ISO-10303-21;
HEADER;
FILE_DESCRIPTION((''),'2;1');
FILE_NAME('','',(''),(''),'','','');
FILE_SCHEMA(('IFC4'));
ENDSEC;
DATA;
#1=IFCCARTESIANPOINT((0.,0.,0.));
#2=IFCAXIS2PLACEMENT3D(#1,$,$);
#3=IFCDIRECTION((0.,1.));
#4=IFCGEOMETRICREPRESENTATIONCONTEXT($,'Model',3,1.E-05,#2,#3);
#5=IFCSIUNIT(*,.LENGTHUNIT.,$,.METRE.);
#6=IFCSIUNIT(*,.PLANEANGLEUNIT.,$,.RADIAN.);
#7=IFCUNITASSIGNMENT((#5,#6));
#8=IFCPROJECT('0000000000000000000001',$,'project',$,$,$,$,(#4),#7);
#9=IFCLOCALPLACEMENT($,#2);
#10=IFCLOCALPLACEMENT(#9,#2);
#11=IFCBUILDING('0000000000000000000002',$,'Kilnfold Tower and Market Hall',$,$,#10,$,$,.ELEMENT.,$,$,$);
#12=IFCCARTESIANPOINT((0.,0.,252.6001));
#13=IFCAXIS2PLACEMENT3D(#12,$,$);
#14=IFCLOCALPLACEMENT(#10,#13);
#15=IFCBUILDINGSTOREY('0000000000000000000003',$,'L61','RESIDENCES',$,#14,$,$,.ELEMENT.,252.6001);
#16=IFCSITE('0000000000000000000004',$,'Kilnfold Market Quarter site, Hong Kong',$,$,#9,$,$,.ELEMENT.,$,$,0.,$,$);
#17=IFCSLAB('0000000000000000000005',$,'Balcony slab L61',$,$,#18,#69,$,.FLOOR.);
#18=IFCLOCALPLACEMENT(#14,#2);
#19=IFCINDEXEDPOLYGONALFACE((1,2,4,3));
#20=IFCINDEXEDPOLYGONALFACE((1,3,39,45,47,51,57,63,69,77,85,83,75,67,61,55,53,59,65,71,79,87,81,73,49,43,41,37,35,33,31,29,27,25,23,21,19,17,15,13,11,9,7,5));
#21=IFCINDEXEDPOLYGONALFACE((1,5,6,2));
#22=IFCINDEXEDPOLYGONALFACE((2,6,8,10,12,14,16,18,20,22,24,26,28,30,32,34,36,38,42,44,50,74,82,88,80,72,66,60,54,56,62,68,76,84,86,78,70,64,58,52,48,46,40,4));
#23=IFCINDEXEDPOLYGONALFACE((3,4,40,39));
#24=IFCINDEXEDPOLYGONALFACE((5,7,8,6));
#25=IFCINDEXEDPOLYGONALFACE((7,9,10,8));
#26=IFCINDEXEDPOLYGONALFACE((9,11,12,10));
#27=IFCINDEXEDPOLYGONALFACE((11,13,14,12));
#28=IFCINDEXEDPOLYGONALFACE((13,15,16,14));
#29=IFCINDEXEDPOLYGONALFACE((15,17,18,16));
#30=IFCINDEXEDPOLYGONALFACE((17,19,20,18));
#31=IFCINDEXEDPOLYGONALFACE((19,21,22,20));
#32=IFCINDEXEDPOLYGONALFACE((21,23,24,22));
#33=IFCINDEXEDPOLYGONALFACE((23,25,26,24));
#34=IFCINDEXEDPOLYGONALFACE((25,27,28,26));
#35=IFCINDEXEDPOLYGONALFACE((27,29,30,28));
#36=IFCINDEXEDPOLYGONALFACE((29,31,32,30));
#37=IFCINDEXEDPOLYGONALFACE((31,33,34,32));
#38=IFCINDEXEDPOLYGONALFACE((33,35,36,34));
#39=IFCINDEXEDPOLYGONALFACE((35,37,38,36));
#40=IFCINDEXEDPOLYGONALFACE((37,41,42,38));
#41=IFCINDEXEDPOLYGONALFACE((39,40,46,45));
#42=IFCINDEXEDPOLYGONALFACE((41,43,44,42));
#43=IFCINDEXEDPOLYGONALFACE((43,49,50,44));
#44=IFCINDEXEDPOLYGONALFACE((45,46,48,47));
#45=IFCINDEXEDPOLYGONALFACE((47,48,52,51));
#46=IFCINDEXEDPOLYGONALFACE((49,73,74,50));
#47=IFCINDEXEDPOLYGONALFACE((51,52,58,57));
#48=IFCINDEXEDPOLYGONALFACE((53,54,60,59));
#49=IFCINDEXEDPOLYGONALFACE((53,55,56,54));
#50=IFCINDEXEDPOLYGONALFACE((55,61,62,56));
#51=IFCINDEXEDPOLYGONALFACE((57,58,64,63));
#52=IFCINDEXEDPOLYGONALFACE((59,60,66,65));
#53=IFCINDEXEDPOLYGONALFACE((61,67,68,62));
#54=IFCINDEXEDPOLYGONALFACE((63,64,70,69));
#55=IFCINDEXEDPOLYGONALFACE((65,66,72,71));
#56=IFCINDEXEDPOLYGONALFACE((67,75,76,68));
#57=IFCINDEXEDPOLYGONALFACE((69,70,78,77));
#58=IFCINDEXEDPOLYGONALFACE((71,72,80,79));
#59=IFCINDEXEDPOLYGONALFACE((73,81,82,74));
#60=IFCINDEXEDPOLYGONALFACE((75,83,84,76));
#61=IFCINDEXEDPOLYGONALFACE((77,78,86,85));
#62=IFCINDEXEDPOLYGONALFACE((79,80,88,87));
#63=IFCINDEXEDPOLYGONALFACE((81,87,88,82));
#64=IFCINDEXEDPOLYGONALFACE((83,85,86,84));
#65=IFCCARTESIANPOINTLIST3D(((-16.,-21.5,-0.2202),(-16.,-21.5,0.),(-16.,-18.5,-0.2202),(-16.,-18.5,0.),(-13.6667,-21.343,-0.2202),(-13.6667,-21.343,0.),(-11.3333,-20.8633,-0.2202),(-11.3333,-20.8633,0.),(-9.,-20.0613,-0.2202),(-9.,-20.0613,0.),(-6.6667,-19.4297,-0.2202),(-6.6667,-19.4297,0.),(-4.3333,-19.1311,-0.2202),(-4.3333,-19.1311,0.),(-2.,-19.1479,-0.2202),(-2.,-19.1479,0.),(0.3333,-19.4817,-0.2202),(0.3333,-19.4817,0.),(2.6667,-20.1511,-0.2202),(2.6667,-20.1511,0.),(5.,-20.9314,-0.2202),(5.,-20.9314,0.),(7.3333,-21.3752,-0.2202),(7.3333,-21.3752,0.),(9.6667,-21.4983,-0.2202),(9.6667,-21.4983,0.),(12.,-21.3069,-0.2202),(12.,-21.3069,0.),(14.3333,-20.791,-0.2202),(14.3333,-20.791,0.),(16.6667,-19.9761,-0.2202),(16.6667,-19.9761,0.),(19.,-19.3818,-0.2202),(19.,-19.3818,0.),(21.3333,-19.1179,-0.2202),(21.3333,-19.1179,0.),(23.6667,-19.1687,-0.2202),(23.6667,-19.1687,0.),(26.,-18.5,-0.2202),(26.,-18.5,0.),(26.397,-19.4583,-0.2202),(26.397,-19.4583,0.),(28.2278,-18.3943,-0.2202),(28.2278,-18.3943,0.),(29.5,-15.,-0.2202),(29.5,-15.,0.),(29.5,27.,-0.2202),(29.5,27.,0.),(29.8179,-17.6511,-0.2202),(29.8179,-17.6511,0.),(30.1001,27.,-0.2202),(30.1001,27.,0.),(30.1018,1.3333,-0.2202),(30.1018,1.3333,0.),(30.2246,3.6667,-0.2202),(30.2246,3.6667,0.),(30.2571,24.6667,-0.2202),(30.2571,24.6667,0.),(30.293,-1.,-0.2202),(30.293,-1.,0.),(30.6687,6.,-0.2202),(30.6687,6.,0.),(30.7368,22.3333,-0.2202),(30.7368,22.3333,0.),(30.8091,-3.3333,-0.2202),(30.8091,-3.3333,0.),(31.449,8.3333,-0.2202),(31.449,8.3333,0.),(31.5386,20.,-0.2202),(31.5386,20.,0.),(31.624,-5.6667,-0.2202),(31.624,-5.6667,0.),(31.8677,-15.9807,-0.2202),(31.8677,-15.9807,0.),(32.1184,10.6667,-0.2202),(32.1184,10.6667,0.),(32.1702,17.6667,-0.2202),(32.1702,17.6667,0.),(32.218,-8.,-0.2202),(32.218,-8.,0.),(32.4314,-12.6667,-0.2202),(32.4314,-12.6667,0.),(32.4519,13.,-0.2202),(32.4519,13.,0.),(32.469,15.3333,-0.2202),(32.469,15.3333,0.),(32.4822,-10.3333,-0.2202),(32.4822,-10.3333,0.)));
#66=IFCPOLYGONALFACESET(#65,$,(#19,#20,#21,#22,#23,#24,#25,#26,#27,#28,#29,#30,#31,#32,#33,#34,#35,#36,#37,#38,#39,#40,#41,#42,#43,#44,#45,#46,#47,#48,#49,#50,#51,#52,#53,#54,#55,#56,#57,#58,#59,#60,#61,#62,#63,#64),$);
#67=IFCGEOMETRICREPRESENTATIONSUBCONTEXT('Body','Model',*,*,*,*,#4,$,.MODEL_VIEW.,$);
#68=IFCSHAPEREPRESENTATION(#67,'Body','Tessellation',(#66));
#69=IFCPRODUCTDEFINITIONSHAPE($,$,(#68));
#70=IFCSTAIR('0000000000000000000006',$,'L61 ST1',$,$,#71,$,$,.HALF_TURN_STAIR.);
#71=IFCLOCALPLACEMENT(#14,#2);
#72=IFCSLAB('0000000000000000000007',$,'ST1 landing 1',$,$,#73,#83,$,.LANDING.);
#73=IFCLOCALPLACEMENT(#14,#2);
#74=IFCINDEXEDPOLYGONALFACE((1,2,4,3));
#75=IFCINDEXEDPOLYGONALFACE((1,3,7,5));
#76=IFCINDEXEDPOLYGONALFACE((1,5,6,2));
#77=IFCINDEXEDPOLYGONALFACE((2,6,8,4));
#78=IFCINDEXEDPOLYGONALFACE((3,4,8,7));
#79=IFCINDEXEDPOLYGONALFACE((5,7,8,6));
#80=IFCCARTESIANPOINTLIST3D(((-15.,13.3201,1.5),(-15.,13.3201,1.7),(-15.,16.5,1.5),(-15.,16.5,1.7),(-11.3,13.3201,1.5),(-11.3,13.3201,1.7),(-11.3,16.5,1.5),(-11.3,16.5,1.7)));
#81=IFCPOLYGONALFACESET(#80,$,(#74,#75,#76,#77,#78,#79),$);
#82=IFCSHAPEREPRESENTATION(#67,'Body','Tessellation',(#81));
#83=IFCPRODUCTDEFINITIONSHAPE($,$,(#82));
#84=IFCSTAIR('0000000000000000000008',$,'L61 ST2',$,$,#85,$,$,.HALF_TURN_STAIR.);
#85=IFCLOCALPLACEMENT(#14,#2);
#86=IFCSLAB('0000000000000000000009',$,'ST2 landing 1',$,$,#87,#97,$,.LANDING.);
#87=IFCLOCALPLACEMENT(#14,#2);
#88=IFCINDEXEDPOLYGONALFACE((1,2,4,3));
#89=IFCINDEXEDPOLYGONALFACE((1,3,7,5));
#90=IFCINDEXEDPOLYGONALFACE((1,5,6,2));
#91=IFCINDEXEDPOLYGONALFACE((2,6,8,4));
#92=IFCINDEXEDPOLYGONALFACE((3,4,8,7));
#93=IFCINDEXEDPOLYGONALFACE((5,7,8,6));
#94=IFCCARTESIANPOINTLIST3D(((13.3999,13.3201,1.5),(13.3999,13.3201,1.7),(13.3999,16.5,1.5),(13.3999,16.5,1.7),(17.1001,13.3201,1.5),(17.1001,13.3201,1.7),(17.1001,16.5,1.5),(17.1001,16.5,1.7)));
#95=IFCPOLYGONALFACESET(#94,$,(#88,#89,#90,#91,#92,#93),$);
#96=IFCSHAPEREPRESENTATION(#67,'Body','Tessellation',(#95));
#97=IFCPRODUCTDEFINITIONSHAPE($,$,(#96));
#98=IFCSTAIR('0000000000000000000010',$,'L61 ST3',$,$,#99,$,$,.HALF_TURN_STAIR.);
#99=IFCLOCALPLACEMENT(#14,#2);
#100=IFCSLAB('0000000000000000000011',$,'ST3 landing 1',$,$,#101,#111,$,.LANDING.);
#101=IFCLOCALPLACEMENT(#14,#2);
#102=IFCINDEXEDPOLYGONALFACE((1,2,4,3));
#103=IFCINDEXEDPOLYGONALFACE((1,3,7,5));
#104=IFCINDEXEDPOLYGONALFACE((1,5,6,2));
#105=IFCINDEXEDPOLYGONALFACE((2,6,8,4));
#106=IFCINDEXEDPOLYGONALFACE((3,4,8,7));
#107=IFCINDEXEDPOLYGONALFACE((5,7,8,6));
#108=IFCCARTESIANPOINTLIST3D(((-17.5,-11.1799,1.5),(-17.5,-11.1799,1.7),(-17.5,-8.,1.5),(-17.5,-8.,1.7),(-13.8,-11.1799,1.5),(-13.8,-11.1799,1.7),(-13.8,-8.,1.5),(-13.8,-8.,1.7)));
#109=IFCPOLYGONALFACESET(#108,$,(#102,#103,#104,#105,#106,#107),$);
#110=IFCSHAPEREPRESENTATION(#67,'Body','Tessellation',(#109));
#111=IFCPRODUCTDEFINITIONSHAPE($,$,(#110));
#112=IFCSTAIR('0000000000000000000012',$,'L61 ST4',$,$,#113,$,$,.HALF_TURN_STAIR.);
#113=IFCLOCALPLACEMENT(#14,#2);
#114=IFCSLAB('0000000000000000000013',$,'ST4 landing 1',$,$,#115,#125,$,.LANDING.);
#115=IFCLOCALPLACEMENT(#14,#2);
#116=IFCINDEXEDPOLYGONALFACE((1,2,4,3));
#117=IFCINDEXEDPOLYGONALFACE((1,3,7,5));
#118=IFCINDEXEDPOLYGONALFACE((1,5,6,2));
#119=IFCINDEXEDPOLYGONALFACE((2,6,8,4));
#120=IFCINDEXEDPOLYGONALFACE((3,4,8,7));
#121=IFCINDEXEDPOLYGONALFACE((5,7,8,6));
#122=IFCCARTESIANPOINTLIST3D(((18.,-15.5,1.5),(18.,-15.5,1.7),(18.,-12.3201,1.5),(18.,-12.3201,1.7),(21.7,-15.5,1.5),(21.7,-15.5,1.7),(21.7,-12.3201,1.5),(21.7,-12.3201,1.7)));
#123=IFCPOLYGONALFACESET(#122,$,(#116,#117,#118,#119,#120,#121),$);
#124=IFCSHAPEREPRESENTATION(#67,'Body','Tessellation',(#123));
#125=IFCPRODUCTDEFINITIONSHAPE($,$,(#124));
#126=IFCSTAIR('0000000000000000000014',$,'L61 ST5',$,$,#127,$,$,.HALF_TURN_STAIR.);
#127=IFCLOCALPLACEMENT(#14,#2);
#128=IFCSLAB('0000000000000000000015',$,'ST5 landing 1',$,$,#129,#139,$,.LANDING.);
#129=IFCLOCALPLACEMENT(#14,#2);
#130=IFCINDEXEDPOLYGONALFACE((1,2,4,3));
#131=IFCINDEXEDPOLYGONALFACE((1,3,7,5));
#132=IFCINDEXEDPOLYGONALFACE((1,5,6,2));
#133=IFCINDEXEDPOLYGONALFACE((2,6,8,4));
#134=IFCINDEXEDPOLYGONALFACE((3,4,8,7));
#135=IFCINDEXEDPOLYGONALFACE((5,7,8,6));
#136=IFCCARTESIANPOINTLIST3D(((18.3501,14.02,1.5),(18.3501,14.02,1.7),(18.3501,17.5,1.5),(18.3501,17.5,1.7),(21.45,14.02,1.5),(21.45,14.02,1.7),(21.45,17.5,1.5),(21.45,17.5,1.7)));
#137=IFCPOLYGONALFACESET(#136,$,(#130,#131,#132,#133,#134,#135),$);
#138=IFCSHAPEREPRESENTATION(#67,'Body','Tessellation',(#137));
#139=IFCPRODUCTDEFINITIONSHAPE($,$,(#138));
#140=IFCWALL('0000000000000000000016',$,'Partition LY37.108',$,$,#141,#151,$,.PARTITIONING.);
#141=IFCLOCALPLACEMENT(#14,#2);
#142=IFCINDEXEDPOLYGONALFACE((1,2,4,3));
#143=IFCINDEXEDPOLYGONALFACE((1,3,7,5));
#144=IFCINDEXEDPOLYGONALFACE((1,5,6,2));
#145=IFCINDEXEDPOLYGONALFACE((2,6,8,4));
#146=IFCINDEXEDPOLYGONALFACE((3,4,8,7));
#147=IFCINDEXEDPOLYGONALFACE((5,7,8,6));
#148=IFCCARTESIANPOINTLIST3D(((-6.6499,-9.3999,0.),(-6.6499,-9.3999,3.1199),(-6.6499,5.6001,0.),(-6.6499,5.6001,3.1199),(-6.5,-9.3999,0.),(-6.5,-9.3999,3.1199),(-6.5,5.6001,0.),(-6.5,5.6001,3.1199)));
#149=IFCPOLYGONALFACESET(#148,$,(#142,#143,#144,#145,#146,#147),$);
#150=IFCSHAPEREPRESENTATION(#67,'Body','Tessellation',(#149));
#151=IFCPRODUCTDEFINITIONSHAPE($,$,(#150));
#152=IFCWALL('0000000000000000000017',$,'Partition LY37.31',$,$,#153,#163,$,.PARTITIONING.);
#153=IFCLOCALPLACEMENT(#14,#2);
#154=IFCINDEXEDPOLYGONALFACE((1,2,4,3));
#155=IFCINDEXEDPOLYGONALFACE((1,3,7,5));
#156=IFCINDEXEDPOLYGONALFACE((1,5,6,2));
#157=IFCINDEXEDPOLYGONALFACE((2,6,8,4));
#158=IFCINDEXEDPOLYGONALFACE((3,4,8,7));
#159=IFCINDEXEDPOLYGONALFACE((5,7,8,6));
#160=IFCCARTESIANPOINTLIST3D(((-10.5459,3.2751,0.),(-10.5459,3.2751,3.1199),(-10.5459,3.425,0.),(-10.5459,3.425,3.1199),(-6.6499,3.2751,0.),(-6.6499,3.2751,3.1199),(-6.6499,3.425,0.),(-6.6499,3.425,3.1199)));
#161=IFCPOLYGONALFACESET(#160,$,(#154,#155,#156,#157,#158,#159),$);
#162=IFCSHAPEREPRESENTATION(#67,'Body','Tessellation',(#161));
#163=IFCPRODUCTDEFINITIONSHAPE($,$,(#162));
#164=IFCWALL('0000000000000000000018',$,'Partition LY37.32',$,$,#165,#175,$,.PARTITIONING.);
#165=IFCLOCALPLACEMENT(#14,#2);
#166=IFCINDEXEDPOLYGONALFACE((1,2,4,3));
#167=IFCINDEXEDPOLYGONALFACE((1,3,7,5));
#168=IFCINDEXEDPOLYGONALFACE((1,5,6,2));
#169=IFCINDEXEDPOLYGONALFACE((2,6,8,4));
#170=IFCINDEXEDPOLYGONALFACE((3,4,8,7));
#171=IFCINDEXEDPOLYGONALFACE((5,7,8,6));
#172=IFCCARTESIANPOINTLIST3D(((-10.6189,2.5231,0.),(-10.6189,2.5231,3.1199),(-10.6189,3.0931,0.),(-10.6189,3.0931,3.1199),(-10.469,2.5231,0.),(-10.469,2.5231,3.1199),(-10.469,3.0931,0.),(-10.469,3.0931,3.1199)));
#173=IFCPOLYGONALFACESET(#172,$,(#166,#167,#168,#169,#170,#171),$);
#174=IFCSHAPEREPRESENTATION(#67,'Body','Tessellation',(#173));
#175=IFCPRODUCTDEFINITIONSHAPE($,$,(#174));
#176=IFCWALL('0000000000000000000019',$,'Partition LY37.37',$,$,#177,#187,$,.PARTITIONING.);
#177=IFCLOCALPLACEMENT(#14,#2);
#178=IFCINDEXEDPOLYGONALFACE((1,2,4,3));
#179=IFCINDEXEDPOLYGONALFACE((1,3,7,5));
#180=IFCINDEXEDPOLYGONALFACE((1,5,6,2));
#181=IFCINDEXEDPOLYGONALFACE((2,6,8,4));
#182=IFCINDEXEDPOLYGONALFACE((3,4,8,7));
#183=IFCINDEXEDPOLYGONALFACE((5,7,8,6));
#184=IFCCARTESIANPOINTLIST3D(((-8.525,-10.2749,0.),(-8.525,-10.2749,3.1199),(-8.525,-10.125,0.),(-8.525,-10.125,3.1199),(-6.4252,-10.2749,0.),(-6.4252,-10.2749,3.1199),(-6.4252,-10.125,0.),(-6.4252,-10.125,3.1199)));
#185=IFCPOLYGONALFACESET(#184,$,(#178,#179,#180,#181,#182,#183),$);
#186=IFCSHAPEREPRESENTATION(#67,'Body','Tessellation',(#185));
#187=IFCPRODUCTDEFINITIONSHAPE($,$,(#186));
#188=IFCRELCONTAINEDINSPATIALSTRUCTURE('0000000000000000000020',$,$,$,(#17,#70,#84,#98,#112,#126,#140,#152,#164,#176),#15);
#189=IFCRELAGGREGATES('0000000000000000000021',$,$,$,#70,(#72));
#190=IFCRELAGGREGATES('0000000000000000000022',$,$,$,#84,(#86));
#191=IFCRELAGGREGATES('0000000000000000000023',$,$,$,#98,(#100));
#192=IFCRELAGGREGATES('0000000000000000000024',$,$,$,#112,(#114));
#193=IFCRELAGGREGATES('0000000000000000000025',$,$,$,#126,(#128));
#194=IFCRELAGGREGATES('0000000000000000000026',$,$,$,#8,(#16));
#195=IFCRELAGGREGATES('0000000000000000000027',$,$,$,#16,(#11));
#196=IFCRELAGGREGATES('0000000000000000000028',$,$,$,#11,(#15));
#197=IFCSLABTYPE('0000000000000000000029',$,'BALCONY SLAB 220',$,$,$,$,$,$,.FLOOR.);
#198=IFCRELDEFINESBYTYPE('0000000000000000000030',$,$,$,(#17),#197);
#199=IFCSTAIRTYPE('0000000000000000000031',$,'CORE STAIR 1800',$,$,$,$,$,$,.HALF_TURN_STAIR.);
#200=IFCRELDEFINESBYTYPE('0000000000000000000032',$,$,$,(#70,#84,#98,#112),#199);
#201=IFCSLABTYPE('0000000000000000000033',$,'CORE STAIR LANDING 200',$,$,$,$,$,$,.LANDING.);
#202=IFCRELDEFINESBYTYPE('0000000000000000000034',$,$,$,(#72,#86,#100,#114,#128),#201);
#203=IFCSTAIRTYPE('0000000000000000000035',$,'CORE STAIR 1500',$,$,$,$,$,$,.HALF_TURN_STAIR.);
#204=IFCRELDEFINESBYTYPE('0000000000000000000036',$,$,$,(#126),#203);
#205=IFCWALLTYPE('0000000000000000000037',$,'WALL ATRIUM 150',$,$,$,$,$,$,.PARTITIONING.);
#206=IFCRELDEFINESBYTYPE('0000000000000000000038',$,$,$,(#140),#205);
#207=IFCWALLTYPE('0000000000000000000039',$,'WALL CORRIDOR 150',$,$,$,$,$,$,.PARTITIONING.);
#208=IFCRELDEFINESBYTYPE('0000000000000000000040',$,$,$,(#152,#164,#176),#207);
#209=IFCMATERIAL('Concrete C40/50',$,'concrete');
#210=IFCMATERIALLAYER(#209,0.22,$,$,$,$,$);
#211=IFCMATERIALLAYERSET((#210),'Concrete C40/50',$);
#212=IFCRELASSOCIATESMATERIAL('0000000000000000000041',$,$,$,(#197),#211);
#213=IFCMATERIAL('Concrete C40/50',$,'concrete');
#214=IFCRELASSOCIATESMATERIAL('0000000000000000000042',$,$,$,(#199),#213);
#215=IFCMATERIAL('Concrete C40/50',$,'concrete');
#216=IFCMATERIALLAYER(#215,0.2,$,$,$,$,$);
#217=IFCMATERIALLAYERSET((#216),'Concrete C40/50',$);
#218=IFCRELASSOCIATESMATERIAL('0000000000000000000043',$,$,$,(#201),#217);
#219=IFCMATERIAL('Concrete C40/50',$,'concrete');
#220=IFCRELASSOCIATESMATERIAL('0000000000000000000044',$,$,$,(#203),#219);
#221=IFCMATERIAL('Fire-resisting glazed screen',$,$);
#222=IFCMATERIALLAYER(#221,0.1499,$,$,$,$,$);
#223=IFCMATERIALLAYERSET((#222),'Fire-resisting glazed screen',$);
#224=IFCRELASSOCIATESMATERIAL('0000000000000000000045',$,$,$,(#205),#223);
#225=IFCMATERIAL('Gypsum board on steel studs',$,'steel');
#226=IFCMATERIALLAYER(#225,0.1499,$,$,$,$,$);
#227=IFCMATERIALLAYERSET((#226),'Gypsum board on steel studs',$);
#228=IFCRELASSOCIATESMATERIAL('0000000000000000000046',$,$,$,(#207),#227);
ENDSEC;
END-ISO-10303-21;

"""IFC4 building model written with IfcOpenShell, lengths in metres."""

from ifc_helpers import new_model, si_unit, direction, frame, frame_2d, origin, place, context, subcontext, project, spatial, polyline, rectangle, outline, extrude, source, transform, mapped, material, layer, layer_set, type_object, element, aggregate, save


model = new_model("IFC4")

# Units and contexts
model_context = context("Model", 3, precision=1e-05, world=origin(), true_north=direction((0.0, 1.0)))
body_context = subcontext(model_context, "Body", "Model", "MODEL_VIEW")
ifc_project = project(units=[si_unit("LENGTHUNIT", "METRE"), si_unit("PLANEANGLEUNIT", "RADIAN")], contexts=[model_context])

# Site, building, storey
site_placement = place(None, origin())
site = spatial("IfcSite", under=ifc_project, at=site_placement, Name="Kilnfold Market Quarter site, Hong Kong", CompositionType="ELEMENT", RefElevation=0.0)
building_placement = place(site_placement, origin())
building = spatial("IfcBuilding", under=site, at=building_placement, Name="Kilnfold Tower and Market Hall", CompositionType="ELEMENT")
storey_placement = place(building_placement, frame((0.0, 0.0, 252.6001)))
storey = spatial("IfcBuildingStorey", under=building, at=storey_placement, Name="L61", Description="RESIDENCES", CompositionType="ELEMENT", Elevation=252.6001)

# Slab
ifc_material_1 = material(Name="Concrete C40/50", Category="concrete")
ifc_layer_1 = layer(ifc_material_1, 0.22)
ifc_layer_set_1 = layer_set([ifc_layer_1], Name="Concrete C40/50")
slab_type_1 = type_object("IfcSlabType", Name="BALCONY SLAB 220", PredefinedType="FLOOR", material=ifc_layer_set_1)
shared_shape_1 = source(origin(), body_context, "Body", "SweptSolid", [
    extrude(outline(polyline([(-16.0, -18.5), (26.0, -18.5), (29.5, -15.0), (29.5, 27.0), (30.1001, 27.0), (30.2571, 24.6667), (30.7368, 22.3333), (31.5386, 20.0), (32.1702, 17.6667), (32.469, 15.3333), (32.4519, 13.0), (32.1184, 10.6667), (31.449, 8.3333), (30.6687, 6.0), (30.2246, 3.6667), (30.1018, 1.3333), (30.293, -1.0), (30.8091, -3.3333), (31.624, -5.6667), (32.218, -8.0), (32.4822, -10.3333), (32.4314, -12.6667), (31.8677, -15.9807), (29.8179, -17.6511), (28.2278, -18.3943), (26.397, -19.4583), (23.6667, -19.1687), (21.3333, -19.1179), (19.0, -19.3818), (16.6667, -19.9761), (14.3333, -20.791), (12.0, -21.3069), (9.6667, -21.4983), (7.3333, -21.3752), (5.0, -20.9314), (2.6667, -20.1511), (0.3333, -19.4817), (-2.0, -19.1479), (-4.3333, -19.1311), (-6.6667, -19.4297), (-9.0, -20.0613), (-11.3333, -20.8633), (-13.6667, -21.343), (-16.0, -21.5), (-16.0, -18.5)])), origin(), (0.0, 0.0, 1.0), 0.2202),
])
slab_1_placement = place(storey_placement, frame((0.0, 0.0, -0.2202)))
element("IfcSlab", 1, at=slab_1_placement, inside=storey, type_object=slab_type_1, Name="Balcony slab L61", PredefinedType="FLOOR", context=body_context, shape_type="MappedRepresentation", body=[
    mapped(shared_shape_1, transform((0.0, 0.0, 0.0))),
])

# Stairs, slabs
ifc_material_2 = material(Name="Concrete C40/50", Category="concrete")
stair_type_1 = type_object("IfcStairType", Name="CORE STAIR 1800", PredefinedType="HALF_TURN_STAIR", material=ifc_material_2)
stair_1_placement = place(storey_placement, origin())
stair_1 = element("IfcStair", 2, at=stair_1_placement, inside=storey, type_object=stair_type_1, Name="L61 ST1", PredefinedType="HALF_TURN_STAIR")
ifc_material_3 = material(Name="Concrete C40/50", Category="concrete")
ifc_layer_2 = layer(ifc_material_3, 0.2)
ifc_layer_set_2 = layer_set([ifc_layer_2], Name="Concrete C40/50")
slab_type_2 = type_object("IfcSlabType", Name="CORE STAIR LANDING 200", PredefinedType="LANDING", material=ifc_layer_set_2)
shared_shape_2 = source(origin(), body_context, "Body", "SweptSolid", [
    extrude(outline(polyline([(-11.3, 13.3201), (-11.3, 16.5), (-15.0, 16.5), (-15.0, 13.3201), (-11.3, 13.3201)])), origin(), (0.0, 0.0, 1.0), 0.2),
])
slab_2_placement = place(storey_placement, frame((0.0, 0.0, 1.5)))
slab_2 = element("IfcSlab", 3, at=slab_2_placement, type_object=slab_type_2, Name="ST1 landing 1", PredefinedType="LANDING", context=body_context, shape_type="MappedRepresentation", body=[
    mapped(shared_shape_2, transform((0.0, 0.0, 0.0))),
])
aggregate(stair_1, [slab_2])
stair_2_placement = place(storey_placement, origin())
stair_2 = element("IfcStair", 4, at=stair_2_placement, inside=storey, type_object=stair_type_1, Name="L61 ST2", PredefinedType="HALF_TURN_STAIR")
shared_shape_3 = source(origin(), body_context, "Body", "SweptSolid", [
    extrude(outline(polyline([(17.1001, 13.3201), (17.1001, 16.5), (13.3999, 16.5), (13.3999, 13.3201), (17.1001, 13.3201)])), origin(), (0.0, 0.0, 1.0), 0.2),
])
slab_3_placement = place(storey_placement, frame((0.0, 0.0, 1.5)))
slab_3 = element("IfcSlab", 5, at=slab_3_placement, type_object=slab_type_2, Name="ST2 landing 1", PredefinedType="LANDING", context=body_context, shape_type="MappedRepresentation", body=[
    mapped(shared_shape_3, transform((0.0, 0.0, 0.0))),
])
aggregate(stair_2, [slab_3])
stair_3_placement = place(storey_placement, origin())
stair_3 = element("IfcStair", 6, at=stair_3_placement, inside=storey, type_object=stair_type_1, Name="L61 ST3", PredefinedType="HALF_TURN_STAIR")
shared_shape_4 = source(origin(), body_context, "Body", "SweptSolid", [
    extrude(outline(polyline([(-13.8, -11.1799), (-13.8, -8.0), (-17.5, -8.0), (-17.5, -11.1799), (-13.8, -11.1799)])), origin(), (0.0, 0.0, 1.0), 0.2),
])
slab_4_placement = place(storey_placement, frame((0.0, 0.0, 1.5)))
slab_4 = element("IfcSlab", 7, at=slab_4_placement, type_object=slab_type_2, Name="ST3 landing 1", PredefinedType="LANDING", context=body_context, shape_type="MappedRepresentation", body=[
    mapped(shared_shape_4, transform((0.0, 0.0, 0.0))),
])
aggregate(stair_3, [slab_4])
stair_4_placement = place(storey_placement, origin())
stair_4 = element("IfcStair", 8, at=stair_4_placement, inside=storey, type_object=stair_type_1, Name="L61 ST4", PredefinedType="HALF_TURN_STAIR")
shared_shape_5 = source(origin(), body_context, "Body", "SweptSolid", [
    extrude(outline(polyline([(18.0, -12.3201), (18.0, -15.5), (21.7, -15.5), (21.7, -12.3201), (18.0, -12.3201)])), origin(), (0.0, 0.0, 1.0), 0.2),
])
slab_5_placement = place(storey_placement, frame((0.0, 0.0, 1.5)))
slab_5 = element("IfcSlab", 9, at=slab_5_placement, type_object=slab_type_2, Name="ST4 landing 1", PredefinedType="LANDING", context=body_context, shape_type="MappedRepresentation", body=[
    mapped(shared_shape_5, transform((0.0, 0.0, 0.0))),
])
aggregate(stair_4, [slab_5])
ifc_material_4 = material(Name="Concrete C40/50", Category="concrete")
stair_type_2 = type_object("IfcStairType", Name="CORE STAIR 1500", PredefinedType="HALF_TURN_STAIR", material=ifc_material_4)
stair_5_placement = place(storey_placement, origin())
stair_5 = element("IfcStair", 10, at=stair_5_placement, inside=storey, type_object=stair_type_2, Name="L61 ST5", PredefinedType="HALF_TURN_STAIR")
shared_shape_6 = source(origin(), body_context, "Body", "SweptSolid", [
    extrude(outline(polyline([(21.45, 14.02), (21.45, 17.5), (18.3501, 17.5), (18.3501, 14.02), (21.45, 14.02)])), origin(), (0.0, 0.0, 1.0), 0.2),
])
slab_6_placement = place(storey_placement, frame((0.0, 0.0, 1.5)))
slab_6 = element("IfcSlab", 11, at=slab_6_placement, type_object=slab_type_2, Name="ST5 landing 1", PredefinedType="LANDING", context=body_context, shape_type="MappedRepresentation", body=[
    mapped(shared_shape_6, transform((0.0, 0.0, 0.0))),
])
aggregate(stair_5, [slab_6])

# Walls
ifc_material_5 = material(Name="Fire-resisting glazed screen")
ifc_layer_3 = layer(ifc_material_5, 0.1499)
ifc_layer_set_3 = layer_set([ifc_layer_3], Name="Fire-resisting glazed screen")
wall_type_1 = type_object("IfcWallType", Name="WALL ATRIUM 150", PredefinedType="PARTITIONING", material=ifc_layer_set_3)
wall_1_placement = place(storey_placement, frame((-6.575, -9.3999, 0.0), z_axis=(0.0, 0.0, 1.0), x_axis=(0.0, 1.0, 0.0)))
element("IfcWall", 12, at=wall_1_placement, inside=storey, type_object=wall_type_1, Name="Partition LY37.108", PredefinedType="PARTITIONING", context=body_context, shape_type="SweptSolid", body=[
    extrude(rectangle(XDim=15.0, YDim=0.1499, at=frame_2d((7.5, 0.0))), origin(), (0.0, 0.0, 1.0), 3.1199),
])
ifc_material_6 = material(Name="Gypsum board on steel studs", Category="steel")
ifc_layer_4 = layer(ifc_material_6, 0.1499)
ifc_layer_set_4 = layer_set([ifc_layer_4], Name="Gypsum board on steel studs")
wall_type_2 = type_object("IfcWallType", Name="WALL CORRIDOR 150", PredefinedType="PARTITIONING", material=ifc_layer_set_4)
wall_2_placement = place(storey_placement, frame((-10.5459, 3.3501, 0.0), z_axis=(0.0, 0.0, 1.0), x_axis=(1.0, 0.0, 0.0)))
element("IfcWall", 13, at=wall_2_placement, inside=storey, type_object=wall_type_2, Name="Partition LY37.31", PredefinedType="PARTITIONING", context=body_context, shape_type="SweptSolid", body=[
    extrude(rectangle(XDim=3.896, YDim=0.1499, at=frame_2d((1.948, 0.0))), origin(), (0.0, 0.0, 1.0), 3.1199),
])
wall_3_placement = place(storey_placement, frame((-10.5439, 2.5229, 0.0), z_axis=(0.0, 0.0, 1.0), x_axis=(0.0, 1.0, 0.0)))
element("IfcWall", 14, at=wall_3_placement, inside=storey, type_object=wall_type_2, Name="Partition LY37.32", PredefinedType="PARTITIONING", context=body_context, shape_type="SweptSolid", body=[
    extrude(rectangle(XDim=0.5701, YDim=0.1499, at=frame_2d((0.2852, 0.0))), origin(), (0.0, 0.0, 1.0), 3.1199),
])
wall_4_placement = place(storey_placement, frame((-8.5249, -10.2, 0.0), z_axis=(0.0, 0.0, 1.0), x_axis=(1.0, 0.0, 0.0)))
element("IfcWall", 15, at=wall_4_placement, inside=storey, type_object=wall_type_2, Name="Partition LY37.37", PredefinedType="PARTITIONING", context=body_context, shape_type="SweptSolid", body=[
    extrude(rectangle(XDim=2.0999, YDim=0.1499, at=frame_2d((1.0498, 0.0))), origin(), (0.0, 0.0, 1.0), 3.1199),
])

save(model, "model.ifc")
